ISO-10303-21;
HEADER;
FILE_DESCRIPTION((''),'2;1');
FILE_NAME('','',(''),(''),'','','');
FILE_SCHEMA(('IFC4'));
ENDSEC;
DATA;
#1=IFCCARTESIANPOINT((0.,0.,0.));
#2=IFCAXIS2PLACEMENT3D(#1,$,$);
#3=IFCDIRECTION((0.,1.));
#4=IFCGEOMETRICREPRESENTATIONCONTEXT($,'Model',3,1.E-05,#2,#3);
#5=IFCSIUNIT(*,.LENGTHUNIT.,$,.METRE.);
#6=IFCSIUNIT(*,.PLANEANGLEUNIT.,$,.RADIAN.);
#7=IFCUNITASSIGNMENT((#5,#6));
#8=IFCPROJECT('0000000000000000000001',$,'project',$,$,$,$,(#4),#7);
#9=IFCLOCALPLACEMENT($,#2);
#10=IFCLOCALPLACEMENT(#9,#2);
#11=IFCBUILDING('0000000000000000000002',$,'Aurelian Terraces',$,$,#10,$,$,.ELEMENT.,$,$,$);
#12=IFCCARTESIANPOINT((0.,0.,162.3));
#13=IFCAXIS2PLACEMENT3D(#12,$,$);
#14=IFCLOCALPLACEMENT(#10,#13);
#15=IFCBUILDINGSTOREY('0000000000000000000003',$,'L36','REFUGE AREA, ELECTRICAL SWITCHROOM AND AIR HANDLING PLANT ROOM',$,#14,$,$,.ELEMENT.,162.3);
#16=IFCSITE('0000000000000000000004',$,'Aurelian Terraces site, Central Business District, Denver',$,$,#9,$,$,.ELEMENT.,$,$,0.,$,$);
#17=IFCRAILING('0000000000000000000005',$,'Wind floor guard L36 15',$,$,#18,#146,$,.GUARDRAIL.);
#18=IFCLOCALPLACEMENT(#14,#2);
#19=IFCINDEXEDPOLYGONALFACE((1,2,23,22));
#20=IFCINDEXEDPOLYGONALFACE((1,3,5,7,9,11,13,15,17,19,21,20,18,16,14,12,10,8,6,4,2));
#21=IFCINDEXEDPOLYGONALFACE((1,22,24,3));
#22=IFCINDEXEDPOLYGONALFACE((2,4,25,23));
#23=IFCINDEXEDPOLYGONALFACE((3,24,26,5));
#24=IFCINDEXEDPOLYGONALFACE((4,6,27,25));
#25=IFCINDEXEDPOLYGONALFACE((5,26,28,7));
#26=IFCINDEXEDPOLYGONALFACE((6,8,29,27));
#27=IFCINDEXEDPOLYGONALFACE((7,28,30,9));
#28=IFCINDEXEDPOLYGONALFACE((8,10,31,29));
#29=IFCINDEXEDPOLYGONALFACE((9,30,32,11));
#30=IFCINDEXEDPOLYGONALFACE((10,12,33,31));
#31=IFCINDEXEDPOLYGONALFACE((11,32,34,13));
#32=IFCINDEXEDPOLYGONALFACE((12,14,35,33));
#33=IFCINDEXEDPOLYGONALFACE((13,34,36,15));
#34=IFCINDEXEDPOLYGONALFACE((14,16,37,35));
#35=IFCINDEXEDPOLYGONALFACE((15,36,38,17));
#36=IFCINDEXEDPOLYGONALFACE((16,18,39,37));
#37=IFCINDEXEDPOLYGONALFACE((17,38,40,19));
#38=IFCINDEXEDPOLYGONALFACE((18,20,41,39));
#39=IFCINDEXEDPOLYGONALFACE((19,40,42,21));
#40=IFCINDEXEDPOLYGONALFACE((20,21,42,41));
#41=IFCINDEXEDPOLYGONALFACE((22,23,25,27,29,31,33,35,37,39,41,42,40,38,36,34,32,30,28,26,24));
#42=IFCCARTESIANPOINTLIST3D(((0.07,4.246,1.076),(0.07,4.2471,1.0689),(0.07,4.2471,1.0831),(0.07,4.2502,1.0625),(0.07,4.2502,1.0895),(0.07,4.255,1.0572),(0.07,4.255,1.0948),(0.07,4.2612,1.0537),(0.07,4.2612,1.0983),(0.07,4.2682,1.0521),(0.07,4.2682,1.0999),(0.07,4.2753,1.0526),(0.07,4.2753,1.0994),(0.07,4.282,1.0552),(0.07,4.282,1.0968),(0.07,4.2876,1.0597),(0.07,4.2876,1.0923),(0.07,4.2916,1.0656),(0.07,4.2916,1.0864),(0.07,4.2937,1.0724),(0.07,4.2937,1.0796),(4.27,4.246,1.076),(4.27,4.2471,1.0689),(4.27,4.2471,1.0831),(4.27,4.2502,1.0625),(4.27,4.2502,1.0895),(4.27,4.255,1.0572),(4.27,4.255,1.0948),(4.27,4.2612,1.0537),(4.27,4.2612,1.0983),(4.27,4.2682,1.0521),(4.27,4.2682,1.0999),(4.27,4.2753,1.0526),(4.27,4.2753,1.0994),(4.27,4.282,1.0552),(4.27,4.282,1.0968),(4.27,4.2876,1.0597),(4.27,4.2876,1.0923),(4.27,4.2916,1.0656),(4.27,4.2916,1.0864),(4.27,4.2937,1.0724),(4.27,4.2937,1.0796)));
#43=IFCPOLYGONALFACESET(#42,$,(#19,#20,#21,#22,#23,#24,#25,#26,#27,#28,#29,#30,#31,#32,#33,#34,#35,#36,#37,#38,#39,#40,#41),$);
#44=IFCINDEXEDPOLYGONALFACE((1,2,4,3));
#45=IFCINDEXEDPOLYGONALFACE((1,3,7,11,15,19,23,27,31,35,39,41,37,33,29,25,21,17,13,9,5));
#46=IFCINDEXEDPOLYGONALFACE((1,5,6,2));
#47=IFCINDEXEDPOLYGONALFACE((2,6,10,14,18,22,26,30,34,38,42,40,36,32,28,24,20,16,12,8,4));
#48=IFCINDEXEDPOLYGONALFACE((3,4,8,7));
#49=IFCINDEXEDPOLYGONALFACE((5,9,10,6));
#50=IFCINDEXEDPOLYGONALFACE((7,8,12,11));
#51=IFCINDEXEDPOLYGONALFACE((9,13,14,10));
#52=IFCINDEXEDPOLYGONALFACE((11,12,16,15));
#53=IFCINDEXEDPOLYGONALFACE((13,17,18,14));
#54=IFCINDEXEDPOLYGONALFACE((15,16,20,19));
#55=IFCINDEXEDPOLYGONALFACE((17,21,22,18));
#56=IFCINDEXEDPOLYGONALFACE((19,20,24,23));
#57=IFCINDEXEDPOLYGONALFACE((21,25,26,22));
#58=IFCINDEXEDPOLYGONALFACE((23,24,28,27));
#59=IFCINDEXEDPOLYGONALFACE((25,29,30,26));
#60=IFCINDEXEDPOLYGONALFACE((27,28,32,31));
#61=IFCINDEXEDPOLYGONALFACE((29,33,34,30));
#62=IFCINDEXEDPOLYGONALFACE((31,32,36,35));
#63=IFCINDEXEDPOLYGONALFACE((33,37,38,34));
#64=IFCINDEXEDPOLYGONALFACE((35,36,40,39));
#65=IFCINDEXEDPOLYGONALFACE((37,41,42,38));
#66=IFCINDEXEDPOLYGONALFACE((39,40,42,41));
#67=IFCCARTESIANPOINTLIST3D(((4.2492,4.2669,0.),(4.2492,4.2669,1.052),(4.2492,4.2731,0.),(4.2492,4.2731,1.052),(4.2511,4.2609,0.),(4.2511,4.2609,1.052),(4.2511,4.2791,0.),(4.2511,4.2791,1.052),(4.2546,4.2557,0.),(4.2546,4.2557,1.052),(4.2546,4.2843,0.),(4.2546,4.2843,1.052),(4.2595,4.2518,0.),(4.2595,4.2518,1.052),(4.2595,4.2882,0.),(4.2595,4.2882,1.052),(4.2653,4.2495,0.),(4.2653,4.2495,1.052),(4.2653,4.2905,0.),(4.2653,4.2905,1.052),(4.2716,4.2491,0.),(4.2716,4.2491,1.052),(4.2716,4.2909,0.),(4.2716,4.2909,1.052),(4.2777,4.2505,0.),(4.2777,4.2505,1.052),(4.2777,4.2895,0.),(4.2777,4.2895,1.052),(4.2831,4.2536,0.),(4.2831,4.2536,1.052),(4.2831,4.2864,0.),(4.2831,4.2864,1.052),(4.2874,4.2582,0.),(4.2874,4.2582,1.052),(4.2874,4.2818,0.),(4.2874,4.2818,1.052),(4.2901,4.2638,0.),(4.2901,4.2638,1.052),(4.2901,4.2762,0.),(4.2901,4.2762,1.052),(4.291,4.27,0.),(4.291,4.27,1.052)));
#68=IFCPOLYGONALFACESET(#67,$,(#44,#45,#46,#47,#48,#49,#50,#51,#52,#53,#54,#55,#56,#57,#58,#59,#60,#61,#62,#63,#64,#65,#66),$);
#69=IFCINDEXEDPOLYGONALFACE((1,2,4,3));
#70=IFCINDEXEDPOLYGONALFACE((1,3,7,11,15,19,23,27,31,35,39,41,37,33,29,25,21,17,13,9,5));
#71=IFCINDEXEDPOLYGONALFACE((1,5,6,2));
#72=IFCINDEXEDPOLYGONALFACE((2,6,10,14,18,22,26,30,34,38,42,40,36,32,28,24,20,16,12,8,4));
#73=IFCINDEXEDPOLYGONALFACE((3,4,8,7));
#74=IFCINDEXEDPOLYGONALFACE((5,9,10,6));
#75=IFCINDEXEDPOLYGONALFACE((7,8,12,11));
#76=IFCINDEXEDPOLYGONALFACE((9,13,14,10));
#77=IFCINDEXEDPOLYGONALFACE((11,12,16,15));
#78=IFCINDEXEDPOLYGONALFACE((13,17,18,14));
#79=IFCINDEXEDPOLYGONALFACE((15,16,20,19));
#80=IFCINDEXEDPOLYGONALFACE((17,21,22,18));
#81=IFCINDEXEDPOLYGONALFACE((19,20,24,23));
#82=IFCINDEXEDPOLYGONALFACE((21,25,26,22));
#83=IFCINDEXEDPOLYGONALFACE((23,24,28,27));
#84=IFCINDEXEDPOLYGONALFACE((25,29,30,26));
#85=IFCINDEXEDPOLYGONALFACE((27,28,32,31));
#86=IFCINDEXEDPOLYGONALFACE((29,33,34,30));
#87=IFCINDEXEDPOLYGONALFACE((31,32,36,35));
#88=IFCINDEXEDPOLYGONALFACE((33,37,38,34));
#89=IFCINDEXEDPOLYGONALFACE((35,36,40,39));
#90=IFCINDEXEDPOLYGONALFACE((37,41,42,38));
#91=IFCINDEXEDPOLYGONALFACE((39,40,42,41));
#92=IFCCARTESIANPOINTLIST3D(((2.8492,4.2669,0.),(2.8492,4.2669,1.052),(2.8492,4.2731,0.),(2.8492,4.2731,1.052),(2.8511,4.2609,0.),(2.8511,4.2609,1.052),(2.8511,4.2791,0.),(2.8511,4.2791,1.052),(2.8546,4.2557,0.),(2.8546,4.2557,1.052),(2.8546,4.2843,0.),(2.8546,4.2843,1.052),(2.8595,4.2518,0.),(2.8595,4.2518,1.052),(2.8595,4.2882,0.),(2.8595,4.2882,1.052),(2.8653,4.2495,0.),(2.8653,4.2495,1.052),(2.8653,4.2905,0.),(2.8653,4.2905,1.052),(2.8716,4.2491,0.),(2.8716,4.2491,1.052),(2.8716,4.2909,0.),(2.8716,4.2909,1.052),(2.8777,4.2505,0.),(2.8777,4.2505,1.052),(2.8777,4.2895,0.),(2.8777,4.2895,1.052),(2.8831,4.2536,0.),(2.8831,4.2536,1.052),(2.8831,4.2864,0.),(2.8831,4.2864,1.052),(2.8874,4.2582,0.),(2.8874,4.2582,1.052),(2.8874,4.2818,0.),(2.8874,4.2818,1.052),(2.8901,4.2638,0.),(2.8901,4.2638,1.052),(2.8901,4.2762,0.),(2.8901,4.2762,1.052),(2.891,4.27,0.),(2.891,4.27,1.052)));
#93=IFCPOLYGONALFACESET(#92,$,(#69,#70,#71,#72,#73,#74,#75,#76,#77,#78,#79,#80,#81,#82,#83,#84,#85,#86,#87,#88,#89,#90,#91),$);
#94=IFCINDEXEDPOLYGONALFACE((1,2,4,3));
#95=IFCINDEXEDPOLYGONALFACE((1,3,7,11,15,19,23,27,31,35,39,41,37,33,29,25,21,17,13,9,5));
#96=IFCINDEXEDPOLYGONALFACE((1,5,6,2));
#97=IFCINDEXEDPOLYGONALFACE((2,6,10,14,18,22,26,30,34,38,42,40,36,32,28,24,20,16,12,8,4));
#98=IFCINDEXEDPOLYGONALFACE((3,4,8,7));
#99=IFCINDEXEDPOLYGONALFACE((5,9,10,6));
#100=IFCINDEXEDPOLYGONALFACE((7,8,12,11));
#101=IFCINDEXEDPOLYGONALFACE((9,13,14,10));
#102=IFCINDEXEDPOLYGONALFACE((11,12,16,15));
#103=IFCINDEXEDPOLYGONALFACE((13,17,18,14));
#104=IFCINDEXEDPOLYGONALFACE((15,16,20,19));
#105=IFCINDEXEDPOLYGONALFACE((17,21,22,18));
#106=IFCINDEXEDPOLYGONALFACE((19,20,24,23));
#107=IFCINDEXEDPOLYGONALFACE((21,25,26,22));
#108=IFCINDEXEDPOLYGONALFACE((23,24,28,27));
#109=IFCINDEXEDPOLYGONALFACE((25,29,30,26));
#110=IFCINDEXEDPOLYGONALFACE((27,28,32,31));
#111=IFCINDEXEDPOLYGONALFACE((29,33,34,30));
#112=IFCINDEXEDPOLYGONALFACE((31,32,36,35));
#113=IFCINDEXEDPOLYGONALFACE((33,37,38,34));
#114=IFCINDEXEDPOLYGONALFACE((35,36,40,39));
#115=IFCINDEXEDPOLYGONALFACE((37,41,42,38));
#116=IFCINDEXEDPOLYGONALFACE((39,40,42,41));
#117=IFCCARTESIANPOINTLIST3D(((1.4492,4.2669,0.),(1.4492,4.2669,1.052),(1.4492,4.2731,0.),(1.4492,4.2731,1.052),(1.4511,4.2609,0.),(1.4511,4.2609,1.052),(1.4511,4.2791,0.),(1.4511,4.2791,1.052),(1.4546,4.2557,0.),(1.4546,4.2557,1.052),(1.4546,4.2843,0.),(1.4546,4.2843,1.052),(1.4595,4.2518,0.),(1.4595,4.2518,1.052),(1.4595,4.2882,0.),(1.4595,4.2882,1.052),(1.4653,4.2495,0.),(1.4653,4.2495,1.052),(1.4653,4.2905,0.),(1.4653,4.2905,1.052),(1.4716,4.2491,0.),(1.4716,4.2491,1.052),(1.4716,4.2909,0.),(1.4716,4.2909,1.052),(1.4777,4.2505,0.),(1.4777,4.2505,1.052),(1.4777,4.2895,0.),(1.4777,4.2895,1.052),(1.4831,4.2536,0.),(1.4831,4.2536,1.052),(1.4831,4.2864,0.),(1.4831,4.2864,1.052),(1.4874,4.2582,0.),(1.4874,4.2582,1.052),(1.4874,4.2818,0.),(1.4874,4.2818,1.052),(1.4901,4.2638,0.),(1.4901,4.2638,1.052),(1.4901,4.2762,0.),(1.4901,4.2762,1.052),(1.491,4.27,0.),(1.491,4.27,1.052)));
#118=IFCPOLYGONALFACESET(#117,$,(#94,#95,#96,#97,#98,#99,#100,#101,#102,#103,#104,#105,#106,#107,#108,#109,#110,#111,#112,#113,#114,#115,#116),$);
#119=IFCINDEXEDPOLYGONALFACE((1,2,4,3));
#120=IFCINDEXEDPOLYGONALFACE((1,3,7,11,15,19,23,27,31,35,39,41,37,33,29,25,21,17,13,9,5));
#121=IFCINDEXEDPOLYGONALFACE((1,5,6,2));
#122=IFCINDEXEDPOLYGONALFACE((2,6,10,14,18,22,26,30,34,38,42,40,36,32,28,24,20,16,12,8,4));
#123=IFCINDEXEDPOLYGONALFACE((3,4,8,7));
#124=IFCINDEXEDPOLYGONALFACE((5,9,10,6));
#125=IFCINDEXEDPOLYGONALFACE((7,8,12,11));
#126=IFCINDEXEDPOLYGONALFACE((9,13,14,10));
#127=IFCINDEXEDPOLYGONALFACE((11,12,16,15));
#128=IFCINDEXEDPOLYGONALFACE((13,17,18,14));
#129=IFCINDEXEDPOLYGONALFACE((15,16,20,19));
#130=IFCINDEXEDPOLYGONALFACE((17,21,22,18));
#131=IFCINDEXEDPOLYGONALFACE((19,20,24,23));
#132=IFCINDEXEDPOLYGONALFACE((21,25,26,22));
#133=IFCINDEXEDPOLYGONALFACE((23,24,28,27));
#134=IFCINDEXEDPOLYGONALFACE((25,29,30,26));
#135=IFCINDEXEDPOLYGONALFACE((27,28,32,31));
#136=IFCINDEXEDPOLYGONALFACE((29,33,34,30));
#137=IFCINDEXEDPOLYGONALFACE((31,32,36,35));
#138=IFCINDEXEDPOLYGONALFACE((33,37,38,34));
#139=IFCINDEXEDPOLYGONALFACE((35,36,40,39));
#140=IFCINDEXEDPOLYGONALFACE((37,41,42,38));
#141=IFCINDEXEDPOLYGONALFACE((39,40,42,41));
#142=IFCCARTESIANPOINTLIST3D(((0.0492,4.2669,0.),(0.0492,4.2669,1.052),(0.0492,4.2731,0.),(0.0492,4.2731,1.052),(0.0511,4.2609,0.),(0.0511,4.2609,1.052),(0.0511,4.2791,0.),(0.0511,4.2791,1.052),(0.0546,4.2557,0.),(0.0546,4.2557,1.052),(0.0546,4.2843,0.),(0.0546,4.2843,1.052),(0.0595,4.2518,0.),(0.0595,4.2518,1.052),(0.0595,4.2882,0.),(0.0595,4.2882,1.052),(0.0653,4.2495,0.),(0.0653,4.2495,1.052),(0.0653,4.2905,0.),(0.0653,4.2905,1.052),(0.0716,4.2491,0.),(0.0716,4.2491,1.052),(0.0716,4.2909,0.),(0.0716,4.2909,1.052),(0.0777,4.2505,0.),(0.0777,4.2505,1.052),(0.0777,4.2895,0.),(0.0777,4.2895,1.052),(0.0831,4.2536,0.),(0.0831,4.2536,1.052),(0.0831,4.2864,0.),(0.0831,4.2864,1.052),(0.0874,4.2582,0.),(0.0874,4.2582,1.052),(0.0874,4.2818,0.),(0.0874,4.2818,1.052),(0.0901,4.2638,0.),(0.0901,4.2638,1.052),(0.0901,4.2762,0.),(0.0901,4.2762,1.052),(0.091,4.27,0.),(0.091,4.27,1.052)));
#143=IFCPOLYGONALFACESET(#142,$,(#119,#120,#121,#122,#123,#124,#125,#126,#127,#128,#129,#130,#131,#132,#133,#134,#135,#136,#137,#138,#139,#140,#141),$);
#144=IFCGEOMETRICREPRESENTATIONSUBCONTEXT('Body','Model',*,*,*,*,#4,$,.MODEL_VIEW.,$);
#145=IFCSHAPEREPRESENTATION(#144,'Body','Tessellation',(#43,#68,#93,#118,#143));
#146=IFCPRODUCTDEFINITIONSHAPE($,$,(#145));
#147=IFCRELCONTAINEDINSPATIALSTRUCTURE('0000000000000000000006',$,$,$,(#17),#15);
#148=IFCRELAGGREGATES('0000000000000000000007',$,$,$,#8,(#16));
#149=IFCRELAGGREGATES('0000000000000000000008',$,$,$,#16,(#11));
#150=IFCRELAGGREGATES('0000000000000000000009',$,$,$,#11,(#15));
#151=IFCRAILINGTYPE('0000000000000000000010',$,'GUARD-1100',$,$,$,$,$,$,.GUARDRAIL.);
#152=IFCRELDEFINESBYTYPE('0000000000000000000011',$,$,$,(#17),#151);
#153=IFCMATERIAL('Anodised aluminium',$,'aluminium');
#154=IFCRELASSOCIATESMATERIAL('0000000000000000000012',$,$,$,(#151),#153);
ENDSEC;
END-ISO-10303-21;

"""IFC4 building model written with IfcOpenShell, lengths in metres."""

from ifc_helpers import new_model, si_unit, direction, frame, origin, origin_2d, place, context, subcontext, project, spatial, circle, extrude, source, transform, mapped, material, type_object, element, save


model = new_model("IFC4")

# Units and contexts
model_context = context("Model", 3, precision=1e-05, world=origin(), true_north=direction((0.0, 1.0)))
body_context = subcontext(model_context, "Body", "Model", "MODEL_VIEW")
ifc_project = project(units=[si_unit("LENGTHUNIT", "METRE"), si_unit("PLANEANGLEUNIT", "RADIAN")], contexts=[model_context])

# Site, building, storey
site_placement = place(None, origin())
site = spatial("IfcSite", under=ifc_project, at=site_placement, Name="Aurelian Terraces site, Central Business District, Denver", CompositionType="ELEMENT", RefElevation=0.0)
building_placement = place(site_placement, origin())
building = spatial("IfcBuilding", under=site, at=building_placement, Name="Aurelian Terraces", CompositionType="ELEMENT")
storey_placement = place(building_placement, frame((0.0, 0.0, 162.3)))
storey = spatial("IfcBuildingStorey", under=building, at=storey_placement, Name="L36", Description="REFUGE AREA, ELECTRICAL SWITCHROOM AND AIR HANDLING PLANT ROOM", CompositionType="ELEMENT", Elevation=162.3)

# Railing
ifc_material_1 = material(Name="Anodised aluminium", Category="aluminium")
railing_type_1 = type_object("IfcRailingType", Name="GUARD-1100", PredefinedType="GUARDRAIL", material=ifc_material_1)
shared_shape_1 = source(origin(), body_context, "Body", "SweptSolid", [
    extrude(circle(Radius=0.024, at=origin_2d()), frame((0.0, 0.0, 1.076), z_axis=(-1.0, 0.0, 0.0), x_axis=(0.0, -1.0, 0.0)), (0.0, 0.0, 1.0), 4.2),
    extrude(circle(Radius=0.021, at=origin_2d()), origin(), (0.0, 0.0, 1.0), 1.052),
    extrude(circle(Radius=0.021, at=origin_2d()), frame((-1.4, 0.0, 0.0)), (0.0, 0.0, 1.0), 1.052),
    extrude(circle(Radius=0.021, at=origin_2d()), frame((-2.8, 0.0, 0.0)), (0.0, 0.0, 1.0), 1.052),
    extrude(circle(Radius=0.021, at=origin_2d()), frame((-4.2, 0.0, 0.0)), (0.0, 0.0, 1.0), 1.052),
])
railing_1_placement = place(storey_placement, frame((4.27, 4.27, 0.0)))
element("IfcRailing", 1, at=railing_1_placement, inside=storey, type_object=railing_type_1, Name="Wind floor guard L36 15", PredefinedType="GUARDRAIL", context=body_context, shape_type="MappedRepresentation", body=[
    mapped(shared_shape_1, transform((0.0, 0.0, 0.0), scale=1.0)),
])

save(model, "model.ifc")
